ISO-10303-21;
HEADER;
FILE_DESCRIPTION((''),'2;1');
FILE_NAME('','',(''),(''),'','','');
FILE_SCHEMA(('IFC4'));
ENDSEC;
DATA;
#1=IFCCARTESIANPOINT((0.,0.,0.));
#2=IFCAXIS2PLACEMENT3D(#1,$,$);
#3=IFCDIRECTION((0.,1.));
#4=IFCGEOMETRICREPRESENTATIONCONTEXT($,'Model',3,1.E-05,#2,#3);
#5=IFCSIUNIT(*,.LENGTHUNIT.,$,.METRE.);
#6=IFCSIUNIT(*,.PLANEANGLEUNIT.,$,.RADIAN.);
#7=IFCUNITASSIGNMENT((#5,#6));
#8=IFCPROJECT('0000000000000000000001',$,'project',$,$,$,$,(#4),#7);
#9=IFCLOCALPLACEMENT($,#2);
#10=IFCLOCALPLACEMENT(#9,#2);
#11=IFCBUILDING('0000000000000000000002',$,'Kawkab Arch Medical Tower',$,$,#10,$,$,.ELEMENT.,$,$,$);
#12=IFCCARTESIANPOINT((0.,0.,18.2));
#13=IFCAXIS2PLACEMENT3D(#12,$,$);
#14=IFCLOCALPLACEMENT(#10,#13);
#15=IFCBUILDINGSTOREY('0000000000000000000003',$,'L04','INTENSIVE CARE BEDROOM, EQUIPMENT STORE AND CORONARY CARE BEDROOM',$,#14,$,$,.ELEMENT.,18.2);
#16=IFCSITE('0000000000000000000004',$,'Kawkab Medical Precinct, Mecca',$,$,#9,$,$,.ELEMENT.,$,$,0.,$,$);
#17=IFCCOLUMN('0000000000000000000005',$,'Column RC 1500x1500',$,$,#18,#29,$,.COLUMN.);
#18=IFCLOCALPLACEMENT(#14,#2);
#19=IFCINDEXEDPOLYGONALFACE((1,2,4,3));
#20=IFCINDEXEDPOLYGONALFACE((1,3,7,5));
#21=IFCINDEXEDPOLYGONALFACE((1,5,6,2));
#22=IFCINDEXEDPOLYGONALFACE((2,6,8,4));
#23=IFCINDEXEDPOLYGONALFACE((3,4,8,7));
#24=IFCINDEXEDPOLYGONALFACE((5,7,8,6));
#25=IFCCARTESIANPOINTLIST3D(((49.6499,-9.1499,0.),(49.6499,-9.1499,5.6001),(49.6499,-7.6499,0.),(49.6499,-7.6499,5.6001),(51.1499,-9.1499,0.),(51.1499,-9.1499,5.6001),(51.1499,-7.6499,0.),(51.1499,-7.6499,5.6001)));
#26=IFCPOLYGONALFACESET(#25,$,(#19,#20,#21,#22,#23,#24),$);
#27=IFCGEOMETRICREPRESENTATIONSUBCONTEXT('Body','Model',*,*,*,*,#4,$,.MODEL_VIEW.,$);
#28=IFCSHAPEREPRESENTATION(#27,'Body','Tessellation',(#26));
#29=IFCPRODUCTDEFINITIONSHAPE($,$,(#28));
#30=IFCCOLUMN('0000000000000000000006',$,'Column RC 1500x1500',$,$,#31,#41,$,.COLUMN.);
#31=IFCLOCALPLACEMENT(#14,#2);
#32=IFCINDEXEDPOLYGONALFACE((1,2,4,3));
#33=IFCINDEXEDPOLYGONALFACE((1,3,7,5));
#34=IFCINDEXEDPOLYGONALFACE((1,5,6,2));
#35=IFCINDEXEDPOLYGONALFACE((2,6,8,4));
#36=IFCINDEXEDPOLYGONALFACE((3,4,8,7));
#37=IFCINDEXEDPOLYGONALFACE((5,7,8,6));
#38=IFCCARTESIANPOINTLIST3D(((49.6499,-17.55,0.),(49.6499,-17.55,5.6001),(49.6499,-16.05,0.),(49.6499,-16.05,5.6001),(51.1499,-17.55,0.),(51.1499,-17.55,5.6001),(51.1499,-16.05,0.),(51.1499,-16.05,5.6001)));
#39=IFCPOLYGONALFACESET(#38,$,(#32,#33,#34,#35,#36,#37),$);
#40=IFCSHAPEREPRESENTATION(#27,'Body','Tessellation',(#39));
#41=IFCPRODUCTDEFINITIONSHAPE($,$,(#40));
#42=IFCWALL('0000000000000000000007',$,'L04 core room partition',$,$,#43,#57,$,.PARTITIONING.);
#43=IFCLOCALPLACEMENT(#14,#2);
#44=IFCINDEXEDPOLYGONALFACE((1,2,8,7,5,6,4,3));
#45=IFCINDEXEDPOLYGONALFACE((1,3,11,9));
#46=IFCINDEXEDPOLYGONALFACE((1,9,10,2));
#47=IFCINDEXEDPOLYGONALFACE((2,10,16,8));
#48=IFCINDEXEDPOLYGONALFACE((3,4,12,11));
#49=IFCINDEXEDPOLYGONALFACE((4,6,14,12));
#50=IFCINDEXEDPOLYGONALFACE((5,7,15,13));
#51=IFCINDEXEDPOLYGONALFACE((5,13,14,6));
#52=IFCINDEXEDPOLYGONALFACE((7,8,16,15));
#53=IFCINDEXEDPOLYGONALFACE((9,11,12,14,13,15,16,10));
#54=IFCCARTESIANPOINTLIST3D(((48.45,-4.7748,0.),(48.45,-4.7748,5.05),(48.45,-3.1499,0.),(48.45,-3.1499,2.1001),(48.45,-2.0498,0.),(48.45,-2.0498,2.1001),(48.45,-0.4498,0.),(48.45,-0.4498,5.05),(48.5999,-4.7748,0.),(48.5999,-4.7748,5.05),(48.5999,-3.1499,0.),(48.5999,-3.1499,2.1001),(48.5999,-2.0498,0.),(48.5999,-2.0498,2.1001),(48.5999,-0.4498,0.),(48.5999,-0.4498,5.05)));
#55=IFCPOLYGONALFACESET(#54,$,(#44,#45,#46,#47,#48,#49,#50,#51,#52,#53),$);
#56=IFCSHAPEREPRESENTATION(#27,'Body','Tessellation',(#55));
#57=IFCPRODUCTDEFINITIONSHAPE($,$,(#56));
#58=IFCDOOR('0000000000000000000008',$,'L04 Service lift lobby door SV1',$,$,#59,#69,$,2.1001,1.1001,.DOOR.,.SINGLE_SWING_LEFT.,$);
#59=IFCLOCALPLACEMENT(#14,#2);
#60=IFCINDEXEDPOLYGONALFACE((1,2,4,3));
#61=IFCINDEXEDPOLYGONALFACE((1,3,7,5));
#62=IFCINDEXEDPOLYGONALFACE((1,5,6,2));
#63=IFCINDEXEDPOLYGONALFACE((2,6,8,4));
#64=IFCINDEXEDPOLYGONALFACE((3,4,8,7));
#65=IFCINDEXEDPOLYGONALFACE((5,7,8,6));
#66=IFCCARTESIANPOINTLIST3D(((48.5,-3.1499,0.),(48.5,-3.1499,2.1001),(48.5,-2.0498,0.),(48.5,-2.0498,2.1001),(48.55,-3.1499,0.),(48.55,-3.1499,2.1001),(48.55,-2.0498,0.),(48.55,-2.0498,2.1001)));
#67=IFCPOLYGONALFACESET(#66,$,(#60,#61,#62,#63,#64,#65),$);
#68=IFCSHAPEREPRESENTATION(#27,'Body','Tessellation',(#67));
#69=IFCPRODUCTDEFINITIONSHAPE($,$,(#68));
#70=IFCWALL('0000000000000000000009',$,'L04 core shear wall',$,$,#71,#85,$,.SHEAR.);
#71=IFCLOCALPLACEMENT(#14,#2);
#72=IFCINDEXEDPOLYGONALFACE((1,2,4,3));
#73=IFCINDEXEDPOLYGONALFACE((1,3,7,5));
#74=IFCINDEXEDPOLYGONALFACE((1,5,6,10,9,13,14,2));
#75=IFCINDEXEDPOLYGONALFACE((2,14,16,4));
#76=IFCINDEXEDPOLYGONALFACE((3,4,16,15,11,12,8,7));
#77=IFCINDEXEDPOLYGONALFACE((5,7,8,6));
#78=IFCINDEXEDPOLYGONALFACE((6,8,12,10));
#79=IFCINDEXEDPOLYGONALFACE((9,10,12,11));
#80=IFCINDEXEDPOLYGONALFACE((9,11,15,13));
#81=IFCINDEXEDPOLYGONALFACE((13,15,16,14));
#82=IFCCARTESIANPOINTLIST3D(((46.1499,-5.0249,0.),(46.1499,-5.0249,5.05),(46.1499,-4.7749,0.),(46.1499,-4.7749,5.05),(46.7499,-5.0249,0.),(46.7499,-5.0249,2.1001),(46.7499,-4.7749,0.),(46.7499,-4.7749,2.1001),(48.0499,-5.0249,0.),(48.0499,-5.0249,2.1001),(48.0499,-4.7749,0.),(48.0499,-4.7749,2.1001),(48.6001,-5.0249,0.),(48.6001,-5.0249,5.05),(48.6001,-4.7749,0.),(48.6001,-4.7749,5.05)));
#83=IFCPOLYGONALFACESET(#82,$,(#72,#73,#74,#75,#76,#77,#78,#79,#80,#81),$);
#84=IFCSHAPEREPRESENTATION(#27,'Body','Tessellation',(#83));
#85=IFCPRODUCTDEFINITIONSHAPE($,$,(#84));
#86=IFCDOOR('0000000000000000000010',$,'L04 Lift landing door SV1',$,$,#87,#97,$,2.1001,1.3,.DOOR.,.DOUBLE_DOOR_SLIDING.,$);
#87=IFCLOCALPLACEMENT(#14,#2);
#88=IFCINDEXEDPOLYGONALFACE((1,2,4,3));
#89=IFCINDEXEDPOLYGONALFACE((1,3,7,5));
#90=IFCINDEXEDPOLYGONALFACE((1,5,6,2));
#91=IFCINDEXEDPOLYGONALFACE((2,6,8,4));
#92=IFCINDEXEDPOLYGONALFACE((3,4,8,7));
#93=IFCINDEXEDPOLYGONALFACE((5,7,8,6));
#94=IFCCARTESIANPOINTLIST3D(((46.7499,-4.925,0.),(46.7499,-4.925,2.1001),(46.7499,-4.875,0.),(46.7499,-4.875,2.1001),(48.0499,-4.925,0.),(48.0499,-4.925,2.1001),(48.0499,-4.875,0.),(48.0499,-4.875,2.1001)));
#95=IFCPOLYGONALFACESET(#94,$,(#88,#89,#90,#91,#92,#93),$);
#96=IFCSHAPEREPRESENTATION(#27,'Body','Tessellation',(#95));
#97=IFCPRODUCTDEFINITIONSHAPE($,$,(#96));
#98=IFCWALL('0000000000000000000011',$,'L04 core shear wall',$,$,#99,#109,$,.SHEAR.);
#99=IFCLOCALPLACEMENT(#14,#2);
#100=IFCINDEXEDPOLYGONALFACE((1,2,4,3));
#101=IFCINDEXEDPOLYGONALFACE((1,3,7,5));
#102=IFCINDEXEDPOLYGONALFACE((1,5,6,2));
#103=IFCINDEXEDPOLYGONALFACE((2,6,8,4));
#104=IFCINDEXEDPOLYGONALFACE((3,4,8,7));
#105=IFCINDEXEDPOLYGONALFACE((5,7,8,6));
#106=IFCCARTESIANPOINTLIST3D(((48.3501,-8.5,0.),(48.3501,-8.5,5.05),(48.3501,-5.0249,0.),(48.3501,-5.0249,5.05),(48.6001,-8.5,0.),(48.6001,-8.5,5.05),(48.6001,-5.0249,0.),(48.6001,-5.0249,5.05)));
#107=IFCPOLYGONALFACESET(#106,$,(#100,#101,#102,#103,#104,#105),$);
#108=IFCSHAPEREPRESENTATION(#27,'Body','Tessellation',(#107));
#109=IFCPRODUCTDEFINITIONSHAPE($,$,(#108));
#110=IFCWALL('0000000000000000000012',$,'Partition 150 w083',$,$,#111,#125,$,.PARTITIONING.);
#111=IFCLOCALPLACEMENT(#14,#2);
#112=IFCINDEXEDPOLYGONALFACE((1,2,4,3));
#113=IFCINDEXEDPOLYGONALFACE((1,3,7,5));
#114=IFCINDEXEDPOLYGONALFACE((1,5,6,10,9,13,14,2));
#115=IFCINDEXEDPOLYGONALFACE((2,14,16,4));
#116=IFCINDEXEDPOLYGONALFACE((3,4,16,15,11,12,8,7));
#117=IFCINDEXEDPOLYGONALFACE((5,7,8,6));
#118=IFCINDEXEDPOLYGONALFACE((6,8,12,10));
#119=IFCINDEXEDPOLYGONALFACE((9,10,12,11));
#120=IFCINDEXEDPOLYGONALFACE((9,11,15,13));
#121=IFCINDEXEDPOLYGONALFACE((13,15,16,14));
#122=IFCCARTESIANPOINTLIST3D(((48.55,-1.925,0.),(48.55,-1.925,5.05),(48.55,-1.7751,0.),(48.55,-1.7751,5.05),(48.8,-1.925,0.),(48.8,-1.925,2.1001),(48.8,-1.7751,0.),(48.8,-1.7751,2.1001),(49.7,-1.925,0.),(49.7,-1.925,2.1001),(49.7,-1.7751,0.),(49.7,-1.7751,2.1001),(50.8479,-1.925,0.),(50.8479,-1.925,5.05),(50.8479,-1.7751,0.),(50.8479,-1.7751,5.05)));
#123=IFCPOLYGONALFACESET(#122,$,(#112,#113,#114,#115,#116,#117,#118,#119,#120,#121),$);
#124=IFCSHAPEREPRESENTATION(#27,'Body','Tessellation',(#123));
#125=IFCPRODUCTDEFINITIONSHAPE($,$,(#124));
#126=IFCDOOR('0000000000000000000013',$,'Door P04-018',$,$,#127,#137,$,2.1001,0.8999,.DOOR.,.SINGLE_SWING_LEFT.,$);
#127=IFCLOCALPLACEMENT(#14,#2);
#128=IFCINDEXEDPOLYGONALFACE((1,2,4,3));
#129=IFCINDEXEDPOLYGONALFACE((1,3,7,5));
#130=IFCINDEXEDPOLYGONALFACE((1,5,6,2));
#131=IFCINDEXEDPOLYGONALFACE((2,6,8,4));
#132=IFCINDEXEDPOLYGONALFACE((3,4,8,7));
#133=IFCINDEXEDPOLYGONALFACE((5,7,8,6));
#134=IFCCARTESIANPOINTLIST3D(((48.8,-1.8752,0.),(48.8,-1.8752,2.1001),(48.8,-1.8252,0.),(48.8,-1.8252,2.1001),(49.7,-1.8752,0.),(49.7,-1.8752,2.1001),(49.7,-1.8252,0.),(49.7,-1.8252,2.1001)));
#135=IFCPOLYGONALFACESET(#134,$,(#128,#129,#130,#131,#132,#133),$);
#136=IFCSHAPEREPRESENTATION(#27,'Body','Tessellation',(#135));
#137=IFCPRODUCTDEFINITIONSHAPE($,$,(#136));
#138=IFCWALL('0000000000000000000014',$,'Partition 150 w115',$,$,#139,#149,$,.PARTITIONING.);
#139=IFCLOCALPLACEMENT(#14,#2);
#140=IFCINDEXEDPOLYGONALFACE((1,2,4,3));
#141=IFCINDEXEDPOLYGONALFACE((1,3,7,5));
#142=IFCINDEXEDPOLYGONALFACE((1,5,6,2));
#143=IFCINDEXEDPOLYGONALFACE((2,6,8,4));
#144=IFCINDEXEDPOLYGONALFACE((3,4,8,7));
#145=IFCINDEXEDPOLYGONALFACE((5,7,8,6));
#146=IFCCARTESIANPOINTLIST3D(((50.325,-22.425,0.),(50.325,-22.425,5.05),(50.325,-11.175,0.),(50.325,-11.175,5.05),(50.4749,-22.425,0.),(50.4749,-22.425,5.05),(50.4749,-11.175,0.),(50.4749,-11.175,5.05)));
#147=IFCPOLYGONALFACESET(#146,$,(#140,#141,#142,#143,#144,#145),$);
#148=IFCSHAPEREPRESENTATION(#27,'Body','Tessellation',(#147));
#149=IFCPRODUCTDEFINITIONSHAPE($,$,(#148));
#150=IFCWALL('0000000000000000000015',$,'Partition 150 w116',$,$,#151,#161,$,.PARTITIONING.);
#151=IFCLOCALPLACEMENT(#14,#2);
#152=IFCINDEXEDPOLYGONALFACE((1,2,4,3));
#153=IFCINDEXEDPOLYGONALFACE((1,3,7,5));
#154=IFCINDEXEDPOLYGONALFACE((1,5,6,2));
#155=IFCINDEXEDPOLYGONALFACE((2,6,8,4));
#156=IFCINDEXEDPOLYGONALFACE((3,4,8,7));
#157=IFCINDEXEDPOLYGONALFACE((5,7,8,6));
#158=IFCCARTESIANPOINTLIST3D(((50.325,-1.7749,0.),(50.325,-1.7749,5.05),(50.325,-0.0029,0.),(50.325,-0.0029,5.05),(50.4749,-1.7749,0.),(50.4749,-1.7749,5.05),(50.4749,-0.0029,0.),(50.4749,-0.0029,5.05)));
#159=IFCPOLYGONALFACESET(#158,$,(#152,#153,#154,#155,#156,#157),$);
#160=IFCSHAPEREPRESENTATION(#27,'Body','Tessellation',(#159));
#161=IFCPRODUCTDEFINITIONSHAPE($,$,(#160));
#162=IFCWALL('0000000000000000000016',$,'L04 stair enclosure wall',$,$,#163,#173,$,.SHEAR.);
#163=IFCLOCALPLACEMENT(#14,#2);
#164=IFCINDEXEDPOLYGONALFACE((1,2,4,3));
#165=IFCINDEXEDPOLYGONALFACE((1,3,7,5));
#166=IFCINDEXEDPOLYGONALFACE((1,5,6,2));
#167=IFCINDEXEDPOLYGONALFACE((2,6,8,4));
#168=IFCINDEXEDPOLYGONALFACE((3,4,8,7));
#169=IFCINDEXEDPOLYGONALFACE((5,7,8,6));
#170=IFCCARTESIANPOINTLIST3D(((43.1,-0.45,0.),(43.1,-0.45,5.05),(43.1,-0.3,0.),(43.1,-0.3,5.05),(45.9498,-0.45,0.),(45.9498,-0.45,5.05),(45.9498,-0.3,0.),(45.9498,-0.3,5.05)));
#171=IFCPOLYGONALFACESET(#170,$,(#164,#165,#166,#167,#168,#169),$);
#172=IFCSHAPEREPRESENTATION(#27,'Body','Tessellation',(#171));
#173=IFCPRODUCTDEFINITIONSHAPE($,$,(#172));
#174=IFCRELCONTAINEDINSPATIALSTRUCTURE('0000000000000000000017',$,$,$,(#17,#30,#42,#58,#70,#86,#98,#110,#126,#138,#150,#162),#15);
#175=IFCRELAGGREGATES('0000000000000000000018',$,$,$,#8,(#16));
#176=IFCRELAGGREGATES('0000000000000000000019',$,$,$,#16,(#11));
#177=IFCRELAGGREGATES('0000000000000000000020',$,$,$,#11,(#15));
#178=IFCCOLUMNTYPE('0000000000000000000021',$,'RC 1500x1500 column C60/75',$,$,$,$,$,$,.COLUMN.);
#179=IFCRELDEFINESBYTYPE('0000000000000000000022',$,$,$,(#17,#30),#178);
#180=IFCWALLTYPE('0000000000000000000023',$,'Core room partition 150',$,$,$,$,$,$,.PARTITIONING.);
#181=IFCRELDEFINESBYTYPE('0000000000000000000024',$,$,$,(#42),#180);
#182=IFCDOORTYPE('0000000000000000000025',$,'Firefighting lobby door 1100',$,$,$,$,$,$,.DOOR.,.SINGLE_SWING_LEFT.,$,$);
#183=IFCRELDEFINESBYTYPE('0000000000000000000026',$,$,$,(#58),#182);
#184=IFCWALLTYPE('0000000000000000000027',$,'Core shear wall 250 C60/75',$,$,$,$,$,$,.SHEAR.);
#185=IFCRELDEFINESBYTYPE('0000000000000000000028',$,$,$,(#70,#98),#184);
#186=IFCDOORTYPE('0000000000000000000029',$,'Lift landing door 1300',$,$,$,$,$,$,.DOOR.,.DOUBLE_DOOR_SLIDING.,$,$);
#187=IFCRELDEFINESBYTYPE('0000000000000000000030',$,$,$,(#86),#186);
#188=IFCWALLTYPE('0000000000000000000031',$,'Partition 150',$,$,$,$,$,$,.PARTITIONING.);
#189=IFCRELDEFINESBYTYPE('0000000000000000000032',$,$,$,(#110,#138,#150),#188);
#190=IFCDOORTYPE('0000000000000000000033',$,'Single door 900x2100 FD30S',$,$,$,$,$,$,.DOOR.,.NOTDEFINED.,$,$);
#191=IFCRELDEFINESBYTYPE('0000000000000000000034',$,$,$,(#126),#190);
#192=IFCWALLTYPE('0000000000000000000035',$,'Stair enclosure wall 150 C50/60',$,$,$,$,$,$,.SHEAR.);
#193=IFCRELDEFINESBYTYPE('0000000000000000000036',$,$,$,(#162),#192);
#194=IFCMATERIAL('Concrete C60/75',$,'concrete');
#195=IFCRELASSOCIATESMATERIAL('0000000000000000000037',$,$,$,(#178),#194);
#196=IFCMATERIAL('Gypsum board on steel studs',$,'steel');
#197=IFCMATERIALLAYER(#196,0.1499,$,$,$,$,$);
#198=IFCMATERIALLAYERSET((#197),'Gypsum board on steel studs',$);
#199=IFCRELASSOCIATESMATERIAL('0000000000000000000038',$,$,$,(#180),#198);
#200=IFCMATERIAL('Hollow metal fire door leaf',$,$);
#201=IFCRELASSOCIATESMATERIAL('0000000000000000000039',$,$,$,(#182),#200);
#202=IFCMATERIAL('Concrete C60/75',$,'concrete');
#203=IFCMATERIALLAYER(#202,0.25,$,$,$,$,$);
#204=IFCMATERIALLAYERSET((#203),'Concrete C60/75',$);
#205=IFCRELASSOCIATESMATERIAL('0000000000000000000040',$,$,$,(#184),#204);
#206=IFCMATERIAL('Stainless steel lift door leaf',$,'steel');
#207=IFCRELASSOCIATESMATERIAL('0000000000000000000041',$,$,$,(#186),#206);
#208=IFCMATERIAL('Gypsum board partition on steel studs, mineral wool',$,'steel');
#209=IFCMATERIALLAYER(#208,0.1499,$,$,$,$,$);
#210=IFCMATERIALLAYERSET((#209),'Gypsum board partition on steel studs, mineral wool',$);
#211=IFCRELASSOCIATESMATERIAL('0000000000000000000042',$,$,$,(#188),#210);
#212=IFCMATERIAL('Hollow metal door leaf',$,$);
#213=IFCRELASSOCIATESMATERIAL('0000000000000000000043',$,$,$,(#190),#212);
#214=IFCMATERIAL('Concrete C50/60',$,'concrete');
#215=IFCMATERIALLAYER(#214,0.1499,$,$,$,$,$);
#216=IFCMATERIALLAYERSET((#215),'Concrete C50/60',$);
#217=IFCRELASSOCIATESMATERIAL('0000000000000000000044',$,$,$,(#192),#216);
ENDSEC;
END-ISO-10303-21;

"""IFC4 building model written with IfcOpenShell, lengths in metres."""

from ifc_helpers import new_model, si_unit, direction, frame, frame_2d, origin, origin_2d, place, context, subcontext, project, spatial, rectangle, extrude, material, layer, layer_set, material_profile, profile_set, type_object, element, fill, save


model = new_model("IFC4")

# Units and contexts
model_context = context("Model", 3, precision=1e-05, world=origin(), true_north=direction((0.0, 1.0)))
body_context = subcontext(model_context, "Body", "Model", "MODEL_VIEW")
ifc_project = project(units=[si_unit("LENGTHUNIT", "METRE"), si_unit("PLANEANGLEUNIT", "RADIAN")], contexts=[model_context])

# Site, building, storey
site_placement = place(None, origin())
site = spatial("IfcSite", under=ifc_project, at=site_placement, Name="Kawkab Medical Precinct, Mecca", CompositionType="ELEMENT", RefElevation=0.0)
building_placement = place(site_placement, origin())
building = spatial("IfcBuilding", under=site, at=building_placement, Name="Kawkab Arch Medical Tower", CompositionType="ELEMENT")
storey_placement = place(building_placement, frame((0.0, 0.0, 18.2)))
storey = spatial("IfcBuildingStorey", under=building, at=storey_placement, Name="L04", Description="INTENSIVE CARE BEDROOM, EQUIPMENT STORE AND CORONARY CARE BEDROOM", CompositionType="ELEMENT", Elevation=18.2)

# Columns
ifc_material_1 = material(Name="Concrete C60/75", Category="concrete")
ifc_material_profile = material_profile(ifc_material_1, rectangle(XDim=1.5, YDim=1.5, at=origin_2d()), Name="RC 1500x1500")
ifc_profile_set = profile_set([ifc_material_profile], Name="Concrete C60/75")
column_type = type_object("IfcColumnType", Name="RC 1500x1500 column C60/75", PredefinedType="COLUMN", material=ifc_profile_set)
for number, where, z_axis, x_axis, name in (
    (1, (50.3999, -8.3999, 0.0), (0.0, 0.0, 1.0), (1.0, 0.0, 0.0), "Column RC 1500x1500"),
    (2, (50.3999, -16.8, 0.0), (0.0, 0.0, 1.0), (1.0, 0.0, 0.0), "Column RC 1500x1500"),
):
    element("IfcColumn", number, at=place(storey_placement, frame(where, z_axis=z_axis, x_axis=x_axis)), inside=storey, type_object=column_type, Name=name, PredefinedType="COLUMN", context=body_context, shape_type="SweptSolid", body=[
        extrude(rectangle(XDim=1.5, YDim=1.5, at=origin_2d()), origin(), (0.0, 0.0, 1.0), 5.6001),
    ])

# Walls, openings, doors
ifc_material_2 = material(Name="Gypsum board on steel studs", Category="steel")
ifc_layer_1 = layer(ifc_material_2, 0.1499)
ifc_layer_set_1 = layer_set([ifc_layer_1], Name="Gypsum board on steel studs")
wall_type_1 = type_object("IfcWallType", Name="Core room partition 150", PredefinedType="PARTITIONING", material=ifc_layer_set_1)
wall_1_placement = place(storey_placement, frame((48.5249, -4.7749, 0.0), z_axis=(0.0, 0.0, 1.0), x_axis=(0.0, 1.0, 0.0)))
wall_1 = element("IfcWall", 3, at=wall_1_placement, inside=storey, type_object=wall_type_1, Name="L04 core room partition", PredefinedType="PARTITIONING", context=body_context, shape_type="SweptSolid", body=[
    extrude(rectangle(XDim=4.325, YDim=0.1499, at=frame_2d((2.1626, 0.0))), origin(), (0.0, 0.0, 1.0), 5.05),
])
opening_1_placement = place(wall_1_placement, frame((1.625, 0.0, 0.0)))
opening_1 = element("IfcOpeningElement", 4, at=opening_1_placement, cuts=wall_1, PredefinedType="OPENING", context=body_context, shape_type="SweptSolid", body=[
    extrude(rectangle(XDim=1.1001, YDim=2.1001, at=frame_2d((0.55, 1.05))), frame((0.0, 0.085, 0.0), z_axis=(0.0, -1.0, 0.0), x_axis=(1.0, 0.0, 0.0)), (0.0, 0.0, 1.0), 0.1699),
])
ifc_material_3 = material(Name="Hollow metal fire door leaf")
door_type_1 = type_object("IfcDoorType", Name="Firefighting lobby door 1100", OperationType="SINGLE_SWING_LEFT", PredefinedType="DOOR", material=ifc_material_3)
door_1_placement = place(opening_1_placement, origin())
door_1 = element("IfcDoor", 5, at=door_1_placement, inside=storey, type_object=door_type_1, Name="L04 Service lift lobby door SV1", OperationType="SINGLE_SWING_LEFT", OverallHeight=2.1001, OverallWidth=1.1001, PredefinedType="DOOR", context=body_context, shape_type="SweptSolid", body=[
    extrude(rectangle(XDim=1.1001, YDim=2.1001, at=frame_2d((0.55, 1.05))), frame((0.0, 0.0249, 0.0), z_axis=(0.0, -1.0, 0.0), x_axis=(1.0, 0.0, 0.0)), (0.0, 0.0, 1.0), 0.05),
])
fill(opening_1, door_1)
ifc_material_4 = material(Name="Concrete C60/75", Category="concrete")
ifc_layer_2 = layer(ifc_material_4, 0.25)
ifc_layer_set_2 = layer_set([ifc_layer_2], Name="Concrete C60/75")
wall_type_2 = type_object("IfcWallType", Name="Core shear wall 250 C60/75", PredefinedType="SHEAR", material=ifc_layer_set_2)
wall_2_placement = place(storey_placement, frame((46.1499, -4.8999, 0.0), z_axis=(0.0, 0.0, 1.0), x_axis=(1.0, 0.0, 0.0)))
wall_2 = element("IfcWall", 6, at=wall_2_placement, inside=storey, type_object=wall_type_2, Name="L04 core shear wall", PredefinedType="SHEAR", context=body_context, shape_type="SweptSolid", body=[
    extrude(rectangle(XDim=2.4502, YDim=0.25, at=frame_2d((1.2251, 0.0))), origin(), (0.0, 0.0, 1.0), 5.05),
])
opening_2_placement = place(wall_2_placement, frame((0.6001, 0.0, 0.0)))
opening_2 = element("IfcOpeningElement", 7, at=opening_2_placement, cuts=wall_2, PredefinedType="OPENING", context=body_context, shape_type="SweptSolid", body=[
    extrude(rectangle(XDim=1.3, YDim=2.1001, at=frame_2d((0.6499, 1.05))), frame((0.0, 0.135, 0.0), z_axis=(0.0, -1.0, 0.0), x_axis=(1.0, 0.0, 0.0)), (0.0, 0.0, 1.0), 0.27),
])
ifc_material_5 = material(Name="Stainless steel lift door leaf", Category="steel")
door_type_2 = type_object("IfcDoorType", Name="Lift landing door 1300", OperationType="DOUBLE_DOOR_SLIDING", PredefinedType="DOOR", material=ifc_material_5)
door_2_placement = place(opening_2_placement, origin())
door_2 = element("IfcDoor", 8, at=door_2_placement, inside=storey, type_object=door_type_2, Name="L04 Lift landing door SV1", OperationType="DOUBLE_DOOR_SLIDING", OverallHeight=2.1001, OverallWidth=1.3, PredefinedType="DOOR", context=body_context, shape_type="SweptSolid", body=[
    extrude(rectangle(XDim=1.3, YDim=2.1001, at=frame_2d((0.6499, 1.05))), frame((0.0, 0.0249, 0.0), z_axis=(0.0, -1.0, 0.0), x_axis=(1.0, 0.0, 0.0)), (0.0, 0.0, 1.0), 0.05),
])
fill(opening_2, door_2)

# Wall
wall_3_placement = place(storey_placement, frame((48.4751, -8.5, 0.0), z_axis=(0.0, 0.0, 1.0), x_axis=(0.0, 1.0, 0.0)))
element("IfcWall", 9, at=wall_3_placement, inside=storey, type_object=wall_type_2, Name="L04 core shear wall", PredefinedType="SHEAR", context=body_context, shape_type="SweptSolid", body=[
    extrude(rectangle(XDim=3.4751, YDim=0.25, at=frame_2d((1.7375, 0.0))), origin(), (0.0, 0.0, 1.0), 5.05),
])

# Wall, opening, door
ifc_material_6 = material(Name="Gypsum board partition on steel studs, mineral wool", Category="steel")
ifc_layer_3 = layer(ifc_material_6, 0.1499)
ifc_layer_set_3 = layer_set([ifc_layer_3], Name="Gypsum board partition on steel studs, mineral wool")
wall_type_3 = type_object("IfcWallType", Name="Partition 150", PredefinedType="PARTITIONING", material=ifc_layer_set_3)
wall_4_placement = place(storey_placement, frame((48.55, -1.8501, 0.0), z_axis=(0.0, 0.0, 1.0), x_axis=(1.0, 0.0, 0.0)))
wall_4 = element("IfcWall", 10, at=wall_4_placement, inside=storey, type_object=wall_type_3, Name="Partition 150 w083", PredefinedType="PARTITIONING", context=body_context, shape_type="SweptSolid", body=[
    extrude(rectangle(XDim=2.2979, YDim=0.1499, at=frame_2d((1.1489, 0.0))), origin(), (0.0, 0.0, 1.0), 5.05),
])
opening_3_placement = place(wall_4_placement, frame((0.25, 0.0, 0.0)))
opening_3 = element("IfcOpeningElement", 11, at=opening_3_placement, cuts=wall_4, PredefinedType="OPENING", context=body_context, shape_type="SweptSolid", body=[
    extrude(rectangle(XDim=0.8999, YDim=2.1001, at=frame_2d((0.45, 1.05))), frame((0.0, 0.085, 0.0), z_axis=(0.0, -1.0, 0.0), x_axis=(1.0, 0.0, 0.0)), (0.0, 0.0, 1.0), 0.1699),
])
ifc_material_7 = material(Name="Hollow metal door leaf")
door_type_3 = type_object("IfcDoorType", Name="Single door 900x2100 FD30S", OperationType="NOTDEFINED", PredefinedType="DOOR", material=ifc_material_7)
door_3_placement = place(opening_3_placement, origin())
door_3 = element("IfcDoor", 12, at=door_3_placement, inside=storey, type_object=door_type_3, Name="Door P04-018", OperationType="SINGLE_SWING_LEFT", OverallHeight=2.1001, OverallWidth=0.8999, PredefinedType="DOOR", context=body_context, shape_type="SweptSolid", body=[
    extrude(rectangle(XDim=0.8999, YDim=2.1001, at=frame_2d((0.45, 1.05))), frame((0.0, 0.0249, 0.0), z_axis=(0.0, -1.0, 0.0), x_axis=(1.0, 0.0, 0.0)), (0.0, 0.0, 1.0), 0.05),
])
fill(opening_3, door_3)

# Walls
wall_5_placement = place(storey_placement, frame((50.3999, -22.425, 0.0), z_axis=(0.0, 0.0, 1.0), x_axis=(0.0, 1.0, 0.0)))
element("IfcWall", 13, at=wall_5_placement, inside=storey, type_object=wall_type_3, Name="Partition 150 w115", PredefinedType="PARTITIONING", context=body_context, shape_type="SweptSolid", body=[
    extrude(rectangle(XDim=11.25, YDim=0.1499, at=frame_2d((5.625, 0.0))), origin(), (0.0, 0.0, 1.0), 5.05),
])
wall_6_placement = place(storey_placement, frame((50.3999, -1.7749, 0.0), z_axis=(0.0, 0.0, 1.0), x_axis=(0.0, 1.0, 0.0)))
element("IfcWall", 14, at=wall_6_placement, inside=storey, type_object=wall_type_3, Name="Partition 150 w116", PredefinedType="PARTITIONING", context=body_context, shape_type="SweptSolid", body=[
    extrude(rectangle(XDim=1.772, YDim=0.1499, at=frame_2d((0.886, 0.0))), origin(), (0.0, 0.0, 1.0), 5.05),
])
ifc_material_8 = material(Name="Concrete C50/60", Category="concrete")
ifc_layer_4 = layer(ifc_material_8, 0.1499)
ifc_layer_set_4 = layer_set([ifc_layer_4], Name="Concrete C50/60")
wall_type_4 = type_object("IfcWallType", Name="Stair enclosure wall 150 C50/60", PredefinedType="SHEAR", material=ifc_layer_set_4)
wall_7_placement = place(storey_placement, frame((43.1001, -0.375, 0.0), z_axis=(0.0, 0.0, 1.0), x_axis=(1.0, 0.0, 0.0)))
element("IfcWall", 15, at=wall_7_placement, inside=storey, type_object=wall_type_4, Name="L04 stair enclosure wall", PredefinedType="SHEAR", context=body_context, shape_type="SweptSolid", body=[
    extrude(rectangle(XDim=2.8499, YDim=0.1499, at=frame_2d((1.4248, 0.0))), origin(), (0.0, 0.0, 1.0), 5.05),
])

save(model, "model.ifc")
